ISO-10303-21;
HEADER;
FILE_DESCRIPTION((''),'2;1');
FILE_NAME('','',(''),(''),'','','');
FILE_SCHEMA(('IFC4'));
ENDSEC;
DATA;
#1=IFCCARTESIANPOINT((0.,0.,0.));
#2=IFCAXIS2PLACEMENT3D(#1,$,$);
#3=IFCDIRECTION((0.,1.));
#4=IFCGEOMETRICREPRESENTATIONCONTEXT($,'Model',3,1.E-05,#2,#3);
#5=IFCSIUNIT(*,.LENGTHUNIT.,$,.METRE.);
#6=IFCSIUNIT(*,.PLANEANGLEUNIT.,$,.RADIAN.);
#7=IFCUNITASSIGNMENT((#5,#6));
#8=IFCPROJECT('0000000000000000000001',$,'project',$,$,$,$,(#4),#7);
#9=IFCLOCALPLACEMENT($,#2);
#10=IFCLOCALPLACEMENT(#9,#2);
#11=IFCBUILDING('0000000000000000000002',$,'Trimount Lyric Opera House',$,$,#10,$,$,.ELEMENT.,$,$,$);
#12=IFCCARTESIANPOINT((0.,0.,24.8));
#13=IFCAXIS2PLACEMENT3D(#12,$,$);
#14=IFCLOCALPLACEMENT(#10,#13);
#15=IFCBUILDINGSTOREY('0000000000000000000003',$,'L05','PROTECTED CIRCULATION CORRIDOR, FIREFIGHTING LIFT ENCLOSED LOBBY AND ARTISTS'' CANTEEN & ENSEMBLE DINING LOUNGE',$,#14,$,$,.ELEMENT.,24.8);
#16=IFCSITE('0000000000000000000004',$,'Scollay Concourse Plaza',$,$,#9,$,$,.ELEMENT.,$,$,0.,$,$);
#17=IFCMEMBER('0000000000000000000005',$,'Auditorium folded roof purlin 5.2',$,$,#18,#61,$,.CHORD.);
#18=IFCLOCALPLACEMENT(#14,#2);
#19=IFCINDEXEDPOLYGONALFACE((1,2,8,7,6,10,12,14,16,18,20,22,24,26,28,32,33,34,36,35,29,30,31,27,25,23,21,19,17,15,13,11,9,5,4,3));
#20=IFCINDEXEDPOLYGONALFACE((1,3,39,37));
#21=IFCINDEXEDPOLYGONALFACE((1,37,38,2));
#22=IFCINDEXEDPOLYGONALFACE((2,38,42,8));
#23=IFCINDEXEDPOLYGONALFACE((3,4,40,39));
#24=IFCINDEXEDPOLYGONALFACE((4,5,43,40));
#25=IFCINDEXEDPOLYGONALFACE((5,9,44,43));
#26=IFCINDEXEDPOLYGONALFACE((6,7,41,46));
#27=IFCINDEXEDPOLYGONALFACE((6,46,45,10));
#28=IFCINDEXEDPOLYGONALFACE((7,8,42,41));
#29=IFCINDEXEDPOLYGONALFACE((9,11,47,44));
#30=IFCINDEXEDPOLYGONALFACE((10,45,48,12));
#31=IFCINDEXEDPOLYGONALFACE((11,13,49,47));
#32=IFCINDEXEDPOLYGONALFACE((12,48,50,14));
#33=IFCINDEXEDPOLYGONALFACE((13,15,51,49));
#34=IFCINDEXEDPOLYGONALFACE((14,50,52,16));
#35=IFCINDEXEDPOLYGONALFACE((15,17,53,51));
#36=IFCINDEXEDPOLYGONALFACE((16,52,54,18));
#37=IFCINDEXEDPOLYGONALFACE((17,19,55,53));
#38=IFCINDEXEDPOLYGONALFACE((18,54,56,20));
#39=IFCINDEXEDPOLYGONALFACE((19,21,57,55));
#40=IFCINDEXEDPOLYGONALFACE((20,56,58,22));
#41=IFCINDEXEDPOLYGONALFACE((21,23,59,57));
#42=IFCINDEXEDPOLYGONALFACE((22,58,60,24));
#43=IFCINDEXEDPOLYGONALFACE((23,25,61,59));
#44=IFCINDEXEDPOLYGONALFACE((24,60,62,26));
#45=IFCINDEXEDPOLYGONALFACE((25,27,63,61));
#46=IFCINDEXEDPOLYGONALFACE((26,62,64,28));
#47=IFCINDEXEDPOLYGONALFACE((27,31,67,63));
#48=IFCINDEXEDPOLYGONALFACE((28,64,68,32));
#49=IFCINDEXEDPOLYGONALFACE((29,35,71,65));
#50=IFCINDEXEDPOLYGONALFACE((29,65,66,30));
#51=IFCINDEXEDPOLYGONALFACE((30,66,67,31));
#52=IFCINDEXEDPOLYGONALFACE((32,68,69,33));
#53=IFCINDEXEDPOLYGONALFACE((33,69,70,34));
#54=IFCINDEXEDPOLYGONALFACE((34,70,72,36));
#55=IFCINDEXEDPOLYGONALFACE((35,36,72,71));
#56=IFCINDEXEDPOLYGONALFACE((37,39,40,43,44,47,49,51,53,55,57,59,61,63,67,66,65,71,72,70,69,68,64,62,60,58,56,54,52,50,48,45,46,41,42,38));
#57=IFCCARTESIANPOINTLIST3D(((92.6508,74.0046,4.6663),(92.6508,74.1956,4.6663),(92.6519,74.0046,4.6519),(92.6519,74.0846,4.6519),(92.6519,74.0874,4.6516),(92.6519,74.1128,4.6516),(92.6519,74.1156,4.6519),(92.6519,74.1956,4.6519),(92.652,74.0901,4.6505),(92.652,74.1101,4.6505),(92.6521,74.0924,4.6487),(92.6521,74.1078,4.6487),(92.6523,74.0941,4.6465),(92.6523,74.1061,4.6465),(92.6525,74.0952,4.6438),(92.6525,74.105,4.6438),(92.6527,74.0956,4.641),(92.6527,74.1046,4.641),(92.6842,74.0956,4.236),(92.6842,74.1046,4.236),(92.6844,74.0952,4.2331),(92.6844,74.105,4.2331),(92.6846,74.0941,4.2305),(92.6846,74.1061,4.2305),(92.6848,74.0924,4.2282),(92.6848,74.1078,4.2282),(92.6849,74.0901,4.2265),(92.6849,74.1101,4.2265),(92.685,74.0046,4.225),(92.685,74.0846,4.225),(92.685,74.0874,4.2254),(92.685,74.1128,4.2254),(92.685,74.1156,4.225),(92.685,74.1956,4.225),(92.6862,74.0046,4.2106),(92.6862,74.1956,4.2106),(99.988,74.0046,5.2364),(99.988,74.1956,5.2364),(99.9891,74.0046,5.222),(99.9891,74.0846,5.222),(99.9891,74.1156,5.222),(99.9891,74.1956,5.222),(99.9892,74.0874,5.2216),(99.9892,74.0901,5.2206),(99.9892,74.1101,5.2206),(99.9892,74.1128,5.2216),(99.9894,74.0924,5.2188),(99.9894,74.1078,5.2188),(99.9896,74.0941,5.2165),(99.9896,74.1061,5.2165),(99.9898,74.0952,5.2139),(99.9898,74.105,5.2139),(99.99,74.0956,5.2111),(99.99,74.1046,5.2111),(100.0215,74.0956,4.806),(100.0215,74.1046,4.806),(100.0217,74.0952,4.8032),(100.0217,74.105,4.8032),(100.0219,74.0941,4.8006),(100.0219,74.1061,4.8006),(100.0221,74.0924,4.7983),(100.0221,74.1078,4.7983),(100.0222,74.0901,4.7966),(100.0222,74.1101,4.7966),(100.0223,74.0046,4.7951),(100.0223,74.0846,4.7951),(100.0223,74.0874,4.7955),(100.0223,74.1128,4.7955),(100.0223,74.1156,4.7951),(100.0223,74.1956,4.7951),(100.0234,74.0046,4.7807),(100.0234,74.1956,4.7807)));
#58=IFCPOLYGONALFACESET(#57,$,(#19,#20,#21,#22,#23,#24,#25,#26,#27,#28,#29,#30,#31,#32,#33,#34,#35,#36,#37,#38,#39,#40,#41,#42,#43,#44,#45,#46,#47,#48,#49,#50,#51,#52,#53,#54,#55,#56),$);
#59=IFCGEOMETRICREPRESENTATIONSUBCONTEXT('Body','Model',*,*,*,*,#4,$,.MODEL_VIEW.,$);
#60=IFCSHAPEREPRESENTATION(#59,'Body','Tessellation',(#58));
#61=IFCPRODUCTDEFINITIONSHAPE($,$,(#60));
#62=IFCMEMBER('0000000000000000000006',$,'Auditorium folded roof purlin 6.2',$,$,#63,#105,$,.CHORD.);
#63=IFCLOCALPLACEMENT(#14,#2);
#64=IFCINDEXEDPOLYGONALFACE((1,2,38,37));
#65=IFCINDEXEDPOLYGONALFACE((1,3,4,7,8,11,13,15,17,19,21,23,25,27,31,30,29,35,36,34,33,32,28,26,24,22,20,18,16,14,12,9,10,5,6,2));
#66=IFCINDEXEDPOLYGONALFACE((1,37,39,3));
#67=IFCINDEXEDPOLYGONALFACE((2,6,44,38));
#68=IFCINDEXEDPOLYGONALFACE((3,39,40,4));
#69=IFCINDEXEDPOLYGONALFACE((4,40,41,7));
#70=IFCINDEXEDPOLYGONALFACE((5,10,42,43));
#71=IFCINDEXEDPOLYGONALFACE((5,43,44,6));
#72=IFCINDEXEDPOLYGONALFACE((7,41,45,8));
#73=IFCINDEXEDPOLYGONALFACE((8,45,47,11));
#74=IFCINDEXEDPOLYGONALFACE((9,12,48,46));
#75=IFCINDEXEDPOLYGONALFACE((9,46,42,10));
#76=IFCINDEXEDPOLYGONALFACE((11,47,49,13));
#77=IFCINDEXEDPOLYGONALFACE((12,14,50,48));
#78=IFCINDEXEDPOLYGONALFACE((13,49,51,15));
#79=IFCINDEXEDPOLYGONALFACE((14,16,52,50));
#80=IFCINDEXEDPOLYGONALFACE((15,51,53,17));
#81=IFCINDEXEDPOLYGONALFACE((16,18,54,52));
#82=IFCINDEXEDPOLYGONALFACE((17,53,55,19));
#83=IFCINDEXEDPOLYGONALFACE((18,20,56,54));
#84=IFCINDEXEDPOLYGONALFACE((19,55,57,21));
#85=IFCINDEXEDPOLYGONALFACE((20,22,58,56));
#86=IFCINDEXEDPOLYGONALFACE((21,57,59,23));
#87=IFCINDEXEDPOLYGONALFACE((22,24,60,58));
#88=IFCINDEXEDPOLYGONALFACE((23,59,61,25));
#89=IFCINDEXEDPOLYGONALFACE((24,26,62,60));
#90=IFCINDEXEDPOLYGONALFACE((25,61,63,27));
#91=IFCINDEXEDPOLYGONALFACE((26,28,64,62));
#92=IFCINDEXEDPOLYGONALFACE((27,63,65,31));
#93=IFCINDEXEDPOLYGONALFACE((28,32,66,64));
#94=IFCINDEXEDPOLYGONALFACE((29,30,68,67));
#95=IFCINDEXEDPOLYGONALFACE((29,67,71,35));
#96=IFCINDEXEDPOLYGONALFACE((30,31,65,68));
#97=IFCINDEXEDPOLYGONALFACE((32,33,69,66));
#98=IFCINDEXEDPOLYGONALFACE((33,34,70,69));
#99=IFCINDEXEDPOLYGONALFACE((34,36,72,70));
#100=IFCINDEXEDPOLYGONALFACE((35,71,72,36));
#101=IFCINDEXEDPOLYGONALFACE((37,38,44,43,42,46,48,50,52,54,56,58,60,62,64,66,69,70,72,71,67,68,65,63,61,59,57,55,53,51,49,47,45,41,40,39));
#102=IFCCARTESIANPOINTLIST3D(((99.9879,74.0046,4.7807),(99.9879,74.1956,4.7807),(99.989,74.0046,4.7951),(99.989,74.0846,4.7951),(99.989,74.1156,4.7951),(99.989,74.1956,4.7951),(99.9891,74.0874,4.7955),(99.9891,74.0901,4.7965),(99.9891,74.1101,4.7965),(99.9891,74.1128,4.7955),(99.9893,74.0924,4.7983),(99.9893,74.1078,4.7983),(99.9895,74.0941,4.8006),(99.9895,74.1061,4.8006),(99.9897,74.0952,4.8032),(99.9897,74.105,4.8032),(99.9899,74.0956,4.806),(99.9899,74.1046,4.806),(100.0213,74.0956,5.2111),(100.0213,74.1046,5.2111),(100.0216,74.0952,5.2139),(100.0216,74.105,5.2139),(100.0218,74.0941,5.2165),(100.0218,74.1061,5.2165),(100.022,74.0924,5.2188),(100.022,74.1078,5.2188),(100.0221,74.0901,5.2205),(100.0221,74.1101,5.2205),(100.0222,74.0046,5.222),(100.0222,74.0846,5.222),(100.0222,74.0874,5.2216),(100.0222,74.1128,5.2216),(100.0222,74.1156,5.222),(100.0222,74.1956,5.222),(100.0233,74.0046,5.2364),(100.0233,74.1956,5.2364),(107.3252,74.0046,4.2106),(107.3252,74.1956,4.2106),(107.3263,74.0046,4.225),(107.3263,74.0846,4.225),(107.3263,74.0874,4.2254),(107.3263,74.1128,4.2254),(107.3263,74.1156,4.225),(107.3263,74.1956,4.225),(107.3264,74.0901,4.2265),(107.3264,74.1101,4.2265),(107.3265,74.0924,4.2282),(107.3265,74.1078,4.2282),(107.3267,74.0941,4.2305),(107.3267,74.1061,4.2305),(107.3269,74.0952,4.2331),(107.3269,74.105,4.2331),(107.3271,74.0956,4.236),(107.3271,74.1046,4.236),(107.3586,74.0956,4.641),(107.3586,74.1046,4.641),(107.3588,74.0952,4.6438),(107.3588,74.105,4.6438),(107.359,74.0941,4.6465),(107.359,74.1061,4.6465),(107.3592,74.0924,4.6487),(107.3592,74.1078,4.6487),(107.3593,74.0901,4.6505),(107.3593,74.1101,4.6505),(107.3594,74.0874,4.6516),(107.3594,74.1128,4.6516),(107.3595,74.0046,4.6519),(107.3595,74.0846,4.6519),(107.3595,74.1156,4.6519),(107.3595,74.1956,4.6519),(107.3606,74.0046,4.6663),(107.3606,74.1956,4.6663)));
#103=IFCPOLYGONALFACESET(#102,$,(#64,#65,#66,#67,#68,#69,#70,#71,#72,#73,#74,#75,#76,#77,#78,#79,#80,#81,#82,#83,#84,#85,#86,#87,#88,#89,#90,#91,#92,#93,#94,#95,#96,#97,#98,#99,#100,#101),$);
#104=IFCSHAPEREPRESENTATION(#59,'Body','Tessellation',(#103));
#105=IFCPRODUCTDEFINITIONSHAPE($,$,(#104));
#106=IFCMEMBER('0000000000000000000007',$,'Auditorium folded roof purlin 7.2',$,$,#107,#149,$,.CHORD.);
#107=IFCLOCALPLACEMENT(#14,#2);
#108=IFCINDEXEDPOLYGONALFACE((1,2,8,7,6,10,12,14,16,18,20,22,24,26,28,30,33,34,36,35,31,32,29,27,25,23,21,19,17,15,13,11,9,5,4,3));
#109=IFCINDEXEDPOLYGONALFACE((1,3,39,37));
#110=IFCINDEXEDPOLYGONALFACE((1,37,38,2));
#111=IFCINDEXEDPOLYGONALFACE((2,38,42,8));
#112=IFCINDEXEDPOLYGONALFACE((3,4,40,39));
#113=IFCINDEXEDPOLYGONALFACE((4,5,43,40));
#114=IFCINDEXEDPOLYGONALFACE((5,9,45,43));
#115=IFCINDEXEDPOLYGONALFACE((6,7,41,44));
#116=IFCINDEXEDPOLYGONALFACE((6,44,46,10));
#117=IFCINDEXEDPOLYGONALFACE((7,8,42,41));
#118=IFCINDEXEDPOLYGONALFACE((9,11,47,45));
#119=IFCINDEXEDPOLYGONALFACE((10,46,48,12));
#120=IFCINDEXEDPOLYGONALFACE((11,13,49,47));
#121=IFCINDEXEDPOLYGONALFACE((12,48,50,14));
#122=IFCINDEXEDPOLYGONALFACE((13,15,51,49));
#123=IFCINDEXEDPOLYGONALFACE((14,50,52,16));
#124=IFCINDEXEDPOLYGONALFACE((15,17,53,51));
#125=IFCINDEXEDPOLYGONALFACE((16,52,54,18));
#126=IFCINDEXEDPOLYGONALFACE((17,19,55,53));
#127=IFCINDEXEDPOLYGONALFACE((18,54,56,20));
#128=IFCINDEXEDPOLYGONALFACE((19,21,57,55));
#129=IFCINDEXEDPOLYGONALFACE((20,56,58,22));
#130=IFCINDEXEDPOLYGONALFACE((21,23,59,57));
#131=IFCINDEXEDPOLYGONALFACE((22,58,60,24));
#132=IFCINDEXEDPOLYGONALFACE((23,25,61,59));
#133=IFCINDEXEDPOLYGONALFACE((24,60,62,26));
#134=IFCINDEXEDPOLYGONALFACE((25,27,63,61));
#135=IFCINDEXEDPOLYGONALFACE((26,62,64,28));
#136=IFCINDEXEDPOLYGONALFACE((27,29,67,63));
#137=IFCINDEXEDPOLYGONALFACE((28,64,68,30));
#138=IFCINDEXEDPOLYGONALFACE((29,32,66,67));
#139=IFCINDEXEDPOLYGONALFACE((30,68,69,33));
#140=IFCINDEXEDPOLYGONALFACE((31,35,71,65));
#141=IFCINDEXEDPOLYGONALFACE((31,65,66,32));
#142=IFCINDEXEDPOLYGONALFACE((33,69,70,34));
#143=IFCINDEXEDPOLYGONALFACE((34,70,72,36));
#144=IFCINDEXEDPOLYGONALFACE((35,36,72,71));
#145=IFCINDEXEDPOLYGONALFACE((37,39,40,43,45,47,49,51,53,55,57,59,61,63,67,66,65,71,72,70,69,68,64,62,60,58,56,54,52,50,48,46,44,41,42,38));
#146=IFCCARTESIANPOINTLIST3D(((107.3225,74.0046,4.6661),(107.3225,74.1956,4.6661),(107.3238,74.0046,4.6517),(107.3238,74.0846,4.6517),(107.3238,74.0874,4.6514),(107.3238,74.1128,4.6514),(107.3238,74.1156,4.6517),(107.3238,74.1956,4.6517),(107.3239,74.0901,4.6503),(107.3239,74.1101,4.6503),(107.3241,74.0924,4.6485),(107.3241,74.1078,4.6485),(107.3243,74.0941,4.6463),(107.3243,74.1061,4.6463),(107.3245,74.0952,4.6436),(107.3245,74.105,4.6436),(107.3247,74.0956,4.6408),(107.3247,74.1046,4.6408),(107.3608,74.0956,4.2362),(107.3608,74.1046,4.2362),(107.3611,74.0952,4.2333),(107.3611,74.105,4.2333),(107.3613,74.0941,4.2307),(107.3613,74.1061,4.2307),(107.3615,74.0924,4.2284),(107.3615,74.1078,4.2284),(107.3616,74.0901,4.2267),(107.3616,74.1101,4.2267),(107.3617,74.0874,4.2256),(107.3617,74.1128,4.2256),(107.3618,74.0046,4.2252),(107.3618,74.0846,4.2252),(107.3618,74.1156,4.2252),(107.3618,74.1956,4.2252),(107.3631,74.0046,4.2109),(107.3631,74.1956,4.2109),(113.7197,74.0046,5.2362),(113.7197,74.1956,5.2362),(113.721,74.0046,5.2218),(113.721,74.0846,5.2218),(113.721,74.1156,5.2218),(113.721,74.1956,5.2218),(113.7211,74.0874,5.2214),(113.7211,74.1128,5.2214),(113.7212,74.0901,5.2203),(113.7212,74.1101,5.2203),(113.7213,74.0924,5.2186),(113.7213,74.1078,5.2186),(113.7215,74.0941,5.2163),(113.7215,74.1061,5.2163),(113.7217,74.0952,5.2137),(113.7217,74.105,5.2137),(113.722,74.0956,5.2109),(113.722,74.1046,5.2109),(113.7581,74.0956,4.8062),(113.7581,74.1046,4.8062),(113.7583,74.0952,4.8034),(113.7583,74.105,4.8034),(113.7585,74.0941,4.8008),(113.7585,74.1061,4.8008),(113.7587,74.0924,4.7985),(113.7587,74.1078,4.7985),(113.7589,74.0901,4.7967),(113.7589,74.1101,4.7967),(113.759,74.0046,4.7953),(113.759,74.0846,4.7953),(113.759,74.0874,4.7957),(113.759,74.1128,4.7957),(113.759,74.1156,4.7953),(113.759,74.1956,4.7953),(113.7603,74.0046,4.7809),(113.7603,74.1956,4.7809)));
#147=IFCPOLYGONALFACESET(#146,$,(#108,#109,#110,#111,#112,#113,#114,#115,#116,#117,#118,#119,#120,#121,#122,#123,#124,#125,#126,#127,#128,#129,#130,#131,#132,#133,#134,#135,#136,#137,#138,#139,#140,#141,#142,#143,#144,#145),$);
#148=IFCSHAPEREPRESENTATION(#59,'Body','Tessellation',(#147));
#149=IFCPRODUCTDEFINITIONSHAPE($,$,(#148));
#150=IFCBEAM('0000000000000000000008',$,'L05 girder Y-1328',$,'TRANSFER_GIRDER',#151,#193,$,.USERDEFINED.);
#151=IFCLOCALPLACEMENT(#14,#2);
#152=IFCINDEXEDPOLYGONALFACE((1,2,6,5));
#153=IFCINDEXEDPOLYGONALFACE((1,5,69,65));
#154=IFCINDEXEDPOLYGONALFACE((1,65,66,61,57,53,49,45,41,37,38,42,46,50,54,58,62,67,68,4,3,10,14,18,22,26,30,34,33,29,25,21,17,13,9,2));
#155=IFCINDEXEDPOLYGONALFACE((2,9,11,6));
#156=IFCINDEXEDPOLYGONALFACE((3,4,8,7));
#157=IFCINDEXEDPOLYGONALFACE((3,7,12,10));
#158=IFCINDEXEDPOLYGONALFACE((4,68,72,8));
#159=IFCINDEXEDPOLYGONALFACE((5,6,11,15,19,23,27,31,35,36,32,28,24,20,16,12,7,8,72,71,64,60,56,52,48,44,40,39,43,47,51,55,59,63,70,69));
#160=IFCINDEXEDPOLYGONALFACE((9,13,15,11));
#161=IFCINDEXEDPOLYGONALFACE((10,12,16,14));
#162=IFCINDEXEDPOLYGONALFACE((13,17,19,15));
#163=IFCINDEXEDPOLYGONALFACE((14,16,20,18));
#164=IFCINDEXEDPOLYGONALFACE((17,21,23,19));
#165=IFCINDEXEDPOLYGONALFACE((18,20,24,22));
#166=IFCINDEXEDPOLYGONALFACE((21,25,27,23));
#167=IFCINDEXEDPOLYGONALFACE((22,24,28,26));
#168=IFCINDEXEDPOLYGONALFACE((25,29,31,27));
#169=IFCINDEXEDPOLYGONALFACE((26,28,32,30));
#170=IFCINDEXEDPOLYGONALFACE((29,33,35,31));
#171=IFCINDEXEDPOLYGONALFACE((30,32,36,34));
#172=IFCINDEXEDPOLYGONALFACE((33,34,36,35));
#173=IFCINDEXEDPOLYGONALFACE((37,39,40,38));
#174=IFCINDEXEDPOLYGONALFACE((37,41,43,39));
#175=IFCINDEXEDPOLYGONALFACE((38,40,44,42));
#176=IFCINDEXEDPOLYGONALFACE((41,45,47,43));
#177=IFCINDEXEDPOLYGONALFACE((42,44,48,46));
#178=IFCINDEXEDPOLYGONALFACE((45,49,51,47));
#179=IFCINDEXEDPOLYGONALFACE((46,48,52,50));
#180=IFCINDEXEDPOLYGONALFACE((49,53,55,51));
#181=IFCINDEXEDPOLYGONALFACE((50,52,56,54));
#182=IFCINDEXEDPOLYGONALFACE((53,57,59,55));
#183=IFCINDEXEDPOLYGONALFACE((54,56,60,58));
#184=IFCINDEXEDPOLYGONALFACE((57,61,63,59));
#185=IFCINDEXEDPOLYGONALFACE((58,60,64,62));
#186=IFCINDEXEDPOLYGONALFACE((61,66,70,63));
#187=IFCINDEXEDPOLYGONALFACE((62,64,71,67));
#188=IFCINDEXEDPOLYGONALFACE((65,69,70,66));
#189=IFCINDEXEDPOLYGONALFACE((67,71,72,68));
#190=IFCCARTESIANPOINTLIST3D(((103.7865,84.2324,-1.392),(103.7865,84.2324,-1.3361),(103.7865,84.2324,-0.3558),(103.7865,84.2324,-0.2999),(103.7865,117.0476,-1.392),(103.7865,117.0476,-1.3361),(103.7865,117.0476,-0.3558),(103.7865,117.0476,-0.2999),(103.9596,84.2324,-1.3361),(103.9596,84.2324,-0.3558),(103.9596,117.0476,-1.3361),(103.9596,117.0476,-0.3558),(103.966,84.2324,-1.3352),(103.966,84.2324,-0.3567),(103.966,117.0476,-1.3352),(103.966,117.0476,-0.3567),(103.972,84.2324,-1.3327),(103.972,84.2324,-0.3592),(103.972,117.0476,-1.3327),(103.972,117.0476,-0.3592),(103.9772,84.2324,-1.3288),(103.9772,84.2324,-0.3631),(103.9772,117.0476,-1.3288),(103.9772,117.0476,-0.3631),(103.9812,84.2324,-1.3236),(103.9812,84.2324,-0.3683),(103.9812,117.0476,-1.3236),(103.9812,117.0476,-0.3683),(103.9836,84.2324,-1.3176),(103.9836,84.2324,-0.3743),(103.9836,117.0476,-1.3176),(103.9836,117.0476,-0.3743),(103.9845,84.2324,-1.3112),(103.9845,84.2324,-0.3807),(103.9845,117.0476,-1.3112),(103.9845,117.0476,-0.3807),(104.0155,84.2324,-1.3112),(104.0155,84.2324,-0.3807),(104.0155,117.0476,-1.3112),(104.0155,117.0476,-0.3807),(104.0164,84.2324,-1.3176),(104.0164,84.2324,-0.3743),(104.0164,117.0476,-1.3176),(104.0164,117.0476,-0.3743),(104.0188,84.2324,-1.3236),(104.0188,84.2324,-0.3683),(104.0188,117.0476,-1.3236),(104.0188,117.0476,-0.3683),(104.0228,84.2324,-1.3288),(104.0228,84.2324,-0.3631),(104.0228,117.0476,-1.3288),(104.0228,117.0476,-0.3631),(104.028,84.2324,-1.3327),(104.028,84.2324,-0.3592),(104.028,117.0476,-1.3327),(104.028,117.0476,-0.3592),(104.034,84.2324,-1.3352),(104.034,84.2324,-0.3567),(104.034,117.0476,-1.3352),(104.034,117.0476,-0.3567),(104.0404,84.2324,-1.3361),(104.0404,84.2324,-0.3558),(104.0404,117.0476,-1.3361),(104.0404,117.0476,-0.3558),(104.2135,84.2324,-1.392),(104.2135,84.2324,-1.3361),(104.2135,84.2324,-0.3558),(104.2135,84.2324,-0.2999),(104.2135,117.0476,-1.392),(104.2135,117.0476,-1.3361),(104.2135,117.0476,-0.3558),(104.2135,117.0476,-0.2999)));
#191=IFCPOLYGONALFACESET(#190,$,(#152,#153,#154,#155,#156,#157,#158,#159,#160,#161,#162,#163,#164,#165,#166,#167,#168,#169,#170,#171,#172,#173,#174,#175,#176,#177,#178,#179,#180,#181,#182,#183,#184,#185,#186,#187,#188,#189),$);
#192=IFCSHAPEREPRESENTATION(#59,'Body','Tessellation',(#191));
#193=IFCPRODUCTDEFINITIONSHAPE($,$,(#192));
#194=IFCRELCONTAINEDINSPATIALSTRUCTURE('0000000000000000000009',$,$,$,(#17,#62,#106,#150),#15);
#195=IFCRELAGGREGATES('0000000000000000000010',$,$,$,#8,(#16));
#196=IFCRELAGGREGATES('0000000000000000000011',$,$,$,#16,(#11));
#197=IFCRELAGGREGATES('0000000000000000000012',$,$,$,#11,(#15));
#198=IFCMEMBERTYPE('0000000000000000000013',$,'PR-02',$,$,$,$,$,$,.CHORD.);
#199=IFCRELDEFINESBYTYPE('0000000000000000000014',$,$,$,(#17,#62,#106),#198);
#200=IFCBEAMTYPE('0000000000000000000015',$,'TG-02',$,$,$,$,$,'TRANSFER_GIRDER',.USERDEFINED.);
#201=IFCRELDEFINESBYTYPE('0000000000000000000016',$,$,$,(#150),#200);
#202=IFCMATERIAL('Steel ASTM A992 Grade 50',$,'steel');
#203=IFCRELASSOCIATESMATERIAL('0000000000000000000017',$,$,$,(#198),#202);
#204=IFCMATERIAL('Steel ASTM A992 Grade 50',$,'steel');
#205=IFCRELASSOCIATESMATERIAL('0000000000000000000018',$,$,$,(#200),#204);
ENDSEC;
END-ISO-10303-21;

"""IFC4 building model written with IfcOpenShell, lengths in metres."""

from ifc_helpers import new_model, si_unit, direction, frame, origin, origin_2d, place, context, subcontext, project, spatial, i_section, extrude, material, material_profile, profile_set, type_object, element, save


model = new_model("IFC4")

# Units and contexts
model_context = context("Model", 3, precision=1e-05, world=origin(), true_north=direction((0.0, 1.0)))
body_context = subcontext(model_context, "Body", "Model", "MODEL_VIEW")
ifc_project = project(units=[si_unit("LENGTHUNIT", "METRE"), si_unit("PLANEANGLEUNIT", "RADIAN")], contexts=[model_context])

# Site, building, storey
site_placement = place(None, origin())
site = spatial("IfcSite", under=ifc_project, at=site_placement, Name="Scollay Concourse Plaza", CompositionType="ELEMENT", RefElevation=0.0)
building_placement = place(site_placement, origin())
building = spatial("IfcBuilding", under=site, at=building_placement, Name="Trimount Lyric Opera House", CompositionType="ELEMENT")
storey_placement = place(building_placement, frame((0.0, 0.0, 24.8)))
storey = spatial("IfcBuildingStorey", under=building, at=storey_placement, Name="L05", Description="PROTECTED CIRCULATION CORRIDOR, FIREFIGHTING LIFT ENCLOSED LOBBY AND ARTISTS' CANTEEN & ENSEMBLE DINING LOUNGE", CompositionType="ELEMENT", Elevation=24.8)

# Members
ifc_material_1 = material(Name="Steel ASTM A992 Grade 50", Category="steel")
ifc_material_profile_1 = material_profile(ifc_material_1, i_section(OverallWidth=0.1909, OverallDepth=0.457, WebThickness=0.009, FlangeThickness=0.0144, FilletRadius=0.011, at=origin_2d()), Name="W18X50")
ifc_profile_set_1 = profile_set([ifc_material_profile_1], Name="Steel ASTM A992 Grade 50")
member_type = type_object("IfcMemberType", Name="PR-02", PredefinedType="CHORD", material=ifc_profile_set_1)
for number, where, z_axis, x_axis, name in (
    (1, (92.6685, 74.1001, 4.4385), (0.996995, 0.0, 0.077463), (0.0, 1.0, 0.0), "Auditorium folded roof purlin 5.2"),
    (2, (100.0056, 74.1001, 5.0085), (0.996995, 0.0, -0.077463), (0.0, 1.0, 0.0), "Auditorium folded roof purlin 6.2"),
):
    element("IfcMember", number, at=place(storey_placement, frame(where, z_axis=z_axis, x_axis=x_axis)), inside=storey, type_object=member_type, Name=name, PredefinedType="CHORD", context=body_context, shape_type="SweptSolid", body=[
        extrude(i_section(OverallWidth=0.1909, OverallDepth=0.457, WebThickness=0.009, FlangeThickness=0.0144, FilletRadius=0.011, at=origin_2d()), origin(), (0.0, 0.0, 1.0), 7.3594),
    ])
member_placement = place(storey_placement, frame((107.3428, 74.1001, 4.4385), z_axis=(0.996053, 0.0, 0.08876), x_axis=(0.0, 1.0, 0.0)))
element("IfcMember", 3, at=member_placement, inside=storey, type_object=member_type, Name="Auditorium folded roof purlin 7.2", PredefinedType="CHORD", context=body_context, shape_type="SweptSolid", body=[
    extrude(i_section(OverallWidth=0.1909, OverallDepth=0.457, WebThickness=0.009, FlangeThickness=0.0144, FilletRadius=0.011, at=origin_2d()), origin(), (0.0, 0.0, 1.0), 6.4226),
])

# Beam
ifc_material_2 = material(Name="Steel ASTM A992 Grade 50", Category="steel")
ifc_material_profile_2 = material_profile(ifc_material_2, i_section(OverallWidth=0.427, OverallDepth=1.092, WebThickness=0.031, FlangeThickness=0.0559, FilletRadius=0.0249, at=origin_2d()), Name="W40X397")
ifc_profile_set_2 = profile_set([ifc_material_profile_2], Name="Steel ASTM A992 Grade 50")
beam_type_1 = type_object("IfcBeamType", Name="TG-02", ElementType="TRANSFER_GIRDER", PredefinedType="USERDEFINED", material=ifc_profile_set_2)
beam_1_placement = place(storey_placement, frame((104.0, 84.2324, -0.8459), z_axis=(0.0, 1.0, 0.0), x_axis=(-1.0, 0.0, 0.0)))
element("IfcBeam", 4, at=beam_1_placement, inside=storey, type_object=beam_type_1, Name="L05 girder Y-1328", ObjectType="TRANSFER_GIRDER", PredefinedType="USERDEFINED", context=body_context, shape_type="SweptSolid", body=[
    extrude(i_section(OverallWidth=0.427, OverallDepth=1.092, WebThickness=0.031, FlangeThickness=0.0559, FilletRadius=0.0249, at=origin_2d()), origin(), (0.0, 0.0, 1.0), 32.8152),
])

save(model, "model.ifc")
